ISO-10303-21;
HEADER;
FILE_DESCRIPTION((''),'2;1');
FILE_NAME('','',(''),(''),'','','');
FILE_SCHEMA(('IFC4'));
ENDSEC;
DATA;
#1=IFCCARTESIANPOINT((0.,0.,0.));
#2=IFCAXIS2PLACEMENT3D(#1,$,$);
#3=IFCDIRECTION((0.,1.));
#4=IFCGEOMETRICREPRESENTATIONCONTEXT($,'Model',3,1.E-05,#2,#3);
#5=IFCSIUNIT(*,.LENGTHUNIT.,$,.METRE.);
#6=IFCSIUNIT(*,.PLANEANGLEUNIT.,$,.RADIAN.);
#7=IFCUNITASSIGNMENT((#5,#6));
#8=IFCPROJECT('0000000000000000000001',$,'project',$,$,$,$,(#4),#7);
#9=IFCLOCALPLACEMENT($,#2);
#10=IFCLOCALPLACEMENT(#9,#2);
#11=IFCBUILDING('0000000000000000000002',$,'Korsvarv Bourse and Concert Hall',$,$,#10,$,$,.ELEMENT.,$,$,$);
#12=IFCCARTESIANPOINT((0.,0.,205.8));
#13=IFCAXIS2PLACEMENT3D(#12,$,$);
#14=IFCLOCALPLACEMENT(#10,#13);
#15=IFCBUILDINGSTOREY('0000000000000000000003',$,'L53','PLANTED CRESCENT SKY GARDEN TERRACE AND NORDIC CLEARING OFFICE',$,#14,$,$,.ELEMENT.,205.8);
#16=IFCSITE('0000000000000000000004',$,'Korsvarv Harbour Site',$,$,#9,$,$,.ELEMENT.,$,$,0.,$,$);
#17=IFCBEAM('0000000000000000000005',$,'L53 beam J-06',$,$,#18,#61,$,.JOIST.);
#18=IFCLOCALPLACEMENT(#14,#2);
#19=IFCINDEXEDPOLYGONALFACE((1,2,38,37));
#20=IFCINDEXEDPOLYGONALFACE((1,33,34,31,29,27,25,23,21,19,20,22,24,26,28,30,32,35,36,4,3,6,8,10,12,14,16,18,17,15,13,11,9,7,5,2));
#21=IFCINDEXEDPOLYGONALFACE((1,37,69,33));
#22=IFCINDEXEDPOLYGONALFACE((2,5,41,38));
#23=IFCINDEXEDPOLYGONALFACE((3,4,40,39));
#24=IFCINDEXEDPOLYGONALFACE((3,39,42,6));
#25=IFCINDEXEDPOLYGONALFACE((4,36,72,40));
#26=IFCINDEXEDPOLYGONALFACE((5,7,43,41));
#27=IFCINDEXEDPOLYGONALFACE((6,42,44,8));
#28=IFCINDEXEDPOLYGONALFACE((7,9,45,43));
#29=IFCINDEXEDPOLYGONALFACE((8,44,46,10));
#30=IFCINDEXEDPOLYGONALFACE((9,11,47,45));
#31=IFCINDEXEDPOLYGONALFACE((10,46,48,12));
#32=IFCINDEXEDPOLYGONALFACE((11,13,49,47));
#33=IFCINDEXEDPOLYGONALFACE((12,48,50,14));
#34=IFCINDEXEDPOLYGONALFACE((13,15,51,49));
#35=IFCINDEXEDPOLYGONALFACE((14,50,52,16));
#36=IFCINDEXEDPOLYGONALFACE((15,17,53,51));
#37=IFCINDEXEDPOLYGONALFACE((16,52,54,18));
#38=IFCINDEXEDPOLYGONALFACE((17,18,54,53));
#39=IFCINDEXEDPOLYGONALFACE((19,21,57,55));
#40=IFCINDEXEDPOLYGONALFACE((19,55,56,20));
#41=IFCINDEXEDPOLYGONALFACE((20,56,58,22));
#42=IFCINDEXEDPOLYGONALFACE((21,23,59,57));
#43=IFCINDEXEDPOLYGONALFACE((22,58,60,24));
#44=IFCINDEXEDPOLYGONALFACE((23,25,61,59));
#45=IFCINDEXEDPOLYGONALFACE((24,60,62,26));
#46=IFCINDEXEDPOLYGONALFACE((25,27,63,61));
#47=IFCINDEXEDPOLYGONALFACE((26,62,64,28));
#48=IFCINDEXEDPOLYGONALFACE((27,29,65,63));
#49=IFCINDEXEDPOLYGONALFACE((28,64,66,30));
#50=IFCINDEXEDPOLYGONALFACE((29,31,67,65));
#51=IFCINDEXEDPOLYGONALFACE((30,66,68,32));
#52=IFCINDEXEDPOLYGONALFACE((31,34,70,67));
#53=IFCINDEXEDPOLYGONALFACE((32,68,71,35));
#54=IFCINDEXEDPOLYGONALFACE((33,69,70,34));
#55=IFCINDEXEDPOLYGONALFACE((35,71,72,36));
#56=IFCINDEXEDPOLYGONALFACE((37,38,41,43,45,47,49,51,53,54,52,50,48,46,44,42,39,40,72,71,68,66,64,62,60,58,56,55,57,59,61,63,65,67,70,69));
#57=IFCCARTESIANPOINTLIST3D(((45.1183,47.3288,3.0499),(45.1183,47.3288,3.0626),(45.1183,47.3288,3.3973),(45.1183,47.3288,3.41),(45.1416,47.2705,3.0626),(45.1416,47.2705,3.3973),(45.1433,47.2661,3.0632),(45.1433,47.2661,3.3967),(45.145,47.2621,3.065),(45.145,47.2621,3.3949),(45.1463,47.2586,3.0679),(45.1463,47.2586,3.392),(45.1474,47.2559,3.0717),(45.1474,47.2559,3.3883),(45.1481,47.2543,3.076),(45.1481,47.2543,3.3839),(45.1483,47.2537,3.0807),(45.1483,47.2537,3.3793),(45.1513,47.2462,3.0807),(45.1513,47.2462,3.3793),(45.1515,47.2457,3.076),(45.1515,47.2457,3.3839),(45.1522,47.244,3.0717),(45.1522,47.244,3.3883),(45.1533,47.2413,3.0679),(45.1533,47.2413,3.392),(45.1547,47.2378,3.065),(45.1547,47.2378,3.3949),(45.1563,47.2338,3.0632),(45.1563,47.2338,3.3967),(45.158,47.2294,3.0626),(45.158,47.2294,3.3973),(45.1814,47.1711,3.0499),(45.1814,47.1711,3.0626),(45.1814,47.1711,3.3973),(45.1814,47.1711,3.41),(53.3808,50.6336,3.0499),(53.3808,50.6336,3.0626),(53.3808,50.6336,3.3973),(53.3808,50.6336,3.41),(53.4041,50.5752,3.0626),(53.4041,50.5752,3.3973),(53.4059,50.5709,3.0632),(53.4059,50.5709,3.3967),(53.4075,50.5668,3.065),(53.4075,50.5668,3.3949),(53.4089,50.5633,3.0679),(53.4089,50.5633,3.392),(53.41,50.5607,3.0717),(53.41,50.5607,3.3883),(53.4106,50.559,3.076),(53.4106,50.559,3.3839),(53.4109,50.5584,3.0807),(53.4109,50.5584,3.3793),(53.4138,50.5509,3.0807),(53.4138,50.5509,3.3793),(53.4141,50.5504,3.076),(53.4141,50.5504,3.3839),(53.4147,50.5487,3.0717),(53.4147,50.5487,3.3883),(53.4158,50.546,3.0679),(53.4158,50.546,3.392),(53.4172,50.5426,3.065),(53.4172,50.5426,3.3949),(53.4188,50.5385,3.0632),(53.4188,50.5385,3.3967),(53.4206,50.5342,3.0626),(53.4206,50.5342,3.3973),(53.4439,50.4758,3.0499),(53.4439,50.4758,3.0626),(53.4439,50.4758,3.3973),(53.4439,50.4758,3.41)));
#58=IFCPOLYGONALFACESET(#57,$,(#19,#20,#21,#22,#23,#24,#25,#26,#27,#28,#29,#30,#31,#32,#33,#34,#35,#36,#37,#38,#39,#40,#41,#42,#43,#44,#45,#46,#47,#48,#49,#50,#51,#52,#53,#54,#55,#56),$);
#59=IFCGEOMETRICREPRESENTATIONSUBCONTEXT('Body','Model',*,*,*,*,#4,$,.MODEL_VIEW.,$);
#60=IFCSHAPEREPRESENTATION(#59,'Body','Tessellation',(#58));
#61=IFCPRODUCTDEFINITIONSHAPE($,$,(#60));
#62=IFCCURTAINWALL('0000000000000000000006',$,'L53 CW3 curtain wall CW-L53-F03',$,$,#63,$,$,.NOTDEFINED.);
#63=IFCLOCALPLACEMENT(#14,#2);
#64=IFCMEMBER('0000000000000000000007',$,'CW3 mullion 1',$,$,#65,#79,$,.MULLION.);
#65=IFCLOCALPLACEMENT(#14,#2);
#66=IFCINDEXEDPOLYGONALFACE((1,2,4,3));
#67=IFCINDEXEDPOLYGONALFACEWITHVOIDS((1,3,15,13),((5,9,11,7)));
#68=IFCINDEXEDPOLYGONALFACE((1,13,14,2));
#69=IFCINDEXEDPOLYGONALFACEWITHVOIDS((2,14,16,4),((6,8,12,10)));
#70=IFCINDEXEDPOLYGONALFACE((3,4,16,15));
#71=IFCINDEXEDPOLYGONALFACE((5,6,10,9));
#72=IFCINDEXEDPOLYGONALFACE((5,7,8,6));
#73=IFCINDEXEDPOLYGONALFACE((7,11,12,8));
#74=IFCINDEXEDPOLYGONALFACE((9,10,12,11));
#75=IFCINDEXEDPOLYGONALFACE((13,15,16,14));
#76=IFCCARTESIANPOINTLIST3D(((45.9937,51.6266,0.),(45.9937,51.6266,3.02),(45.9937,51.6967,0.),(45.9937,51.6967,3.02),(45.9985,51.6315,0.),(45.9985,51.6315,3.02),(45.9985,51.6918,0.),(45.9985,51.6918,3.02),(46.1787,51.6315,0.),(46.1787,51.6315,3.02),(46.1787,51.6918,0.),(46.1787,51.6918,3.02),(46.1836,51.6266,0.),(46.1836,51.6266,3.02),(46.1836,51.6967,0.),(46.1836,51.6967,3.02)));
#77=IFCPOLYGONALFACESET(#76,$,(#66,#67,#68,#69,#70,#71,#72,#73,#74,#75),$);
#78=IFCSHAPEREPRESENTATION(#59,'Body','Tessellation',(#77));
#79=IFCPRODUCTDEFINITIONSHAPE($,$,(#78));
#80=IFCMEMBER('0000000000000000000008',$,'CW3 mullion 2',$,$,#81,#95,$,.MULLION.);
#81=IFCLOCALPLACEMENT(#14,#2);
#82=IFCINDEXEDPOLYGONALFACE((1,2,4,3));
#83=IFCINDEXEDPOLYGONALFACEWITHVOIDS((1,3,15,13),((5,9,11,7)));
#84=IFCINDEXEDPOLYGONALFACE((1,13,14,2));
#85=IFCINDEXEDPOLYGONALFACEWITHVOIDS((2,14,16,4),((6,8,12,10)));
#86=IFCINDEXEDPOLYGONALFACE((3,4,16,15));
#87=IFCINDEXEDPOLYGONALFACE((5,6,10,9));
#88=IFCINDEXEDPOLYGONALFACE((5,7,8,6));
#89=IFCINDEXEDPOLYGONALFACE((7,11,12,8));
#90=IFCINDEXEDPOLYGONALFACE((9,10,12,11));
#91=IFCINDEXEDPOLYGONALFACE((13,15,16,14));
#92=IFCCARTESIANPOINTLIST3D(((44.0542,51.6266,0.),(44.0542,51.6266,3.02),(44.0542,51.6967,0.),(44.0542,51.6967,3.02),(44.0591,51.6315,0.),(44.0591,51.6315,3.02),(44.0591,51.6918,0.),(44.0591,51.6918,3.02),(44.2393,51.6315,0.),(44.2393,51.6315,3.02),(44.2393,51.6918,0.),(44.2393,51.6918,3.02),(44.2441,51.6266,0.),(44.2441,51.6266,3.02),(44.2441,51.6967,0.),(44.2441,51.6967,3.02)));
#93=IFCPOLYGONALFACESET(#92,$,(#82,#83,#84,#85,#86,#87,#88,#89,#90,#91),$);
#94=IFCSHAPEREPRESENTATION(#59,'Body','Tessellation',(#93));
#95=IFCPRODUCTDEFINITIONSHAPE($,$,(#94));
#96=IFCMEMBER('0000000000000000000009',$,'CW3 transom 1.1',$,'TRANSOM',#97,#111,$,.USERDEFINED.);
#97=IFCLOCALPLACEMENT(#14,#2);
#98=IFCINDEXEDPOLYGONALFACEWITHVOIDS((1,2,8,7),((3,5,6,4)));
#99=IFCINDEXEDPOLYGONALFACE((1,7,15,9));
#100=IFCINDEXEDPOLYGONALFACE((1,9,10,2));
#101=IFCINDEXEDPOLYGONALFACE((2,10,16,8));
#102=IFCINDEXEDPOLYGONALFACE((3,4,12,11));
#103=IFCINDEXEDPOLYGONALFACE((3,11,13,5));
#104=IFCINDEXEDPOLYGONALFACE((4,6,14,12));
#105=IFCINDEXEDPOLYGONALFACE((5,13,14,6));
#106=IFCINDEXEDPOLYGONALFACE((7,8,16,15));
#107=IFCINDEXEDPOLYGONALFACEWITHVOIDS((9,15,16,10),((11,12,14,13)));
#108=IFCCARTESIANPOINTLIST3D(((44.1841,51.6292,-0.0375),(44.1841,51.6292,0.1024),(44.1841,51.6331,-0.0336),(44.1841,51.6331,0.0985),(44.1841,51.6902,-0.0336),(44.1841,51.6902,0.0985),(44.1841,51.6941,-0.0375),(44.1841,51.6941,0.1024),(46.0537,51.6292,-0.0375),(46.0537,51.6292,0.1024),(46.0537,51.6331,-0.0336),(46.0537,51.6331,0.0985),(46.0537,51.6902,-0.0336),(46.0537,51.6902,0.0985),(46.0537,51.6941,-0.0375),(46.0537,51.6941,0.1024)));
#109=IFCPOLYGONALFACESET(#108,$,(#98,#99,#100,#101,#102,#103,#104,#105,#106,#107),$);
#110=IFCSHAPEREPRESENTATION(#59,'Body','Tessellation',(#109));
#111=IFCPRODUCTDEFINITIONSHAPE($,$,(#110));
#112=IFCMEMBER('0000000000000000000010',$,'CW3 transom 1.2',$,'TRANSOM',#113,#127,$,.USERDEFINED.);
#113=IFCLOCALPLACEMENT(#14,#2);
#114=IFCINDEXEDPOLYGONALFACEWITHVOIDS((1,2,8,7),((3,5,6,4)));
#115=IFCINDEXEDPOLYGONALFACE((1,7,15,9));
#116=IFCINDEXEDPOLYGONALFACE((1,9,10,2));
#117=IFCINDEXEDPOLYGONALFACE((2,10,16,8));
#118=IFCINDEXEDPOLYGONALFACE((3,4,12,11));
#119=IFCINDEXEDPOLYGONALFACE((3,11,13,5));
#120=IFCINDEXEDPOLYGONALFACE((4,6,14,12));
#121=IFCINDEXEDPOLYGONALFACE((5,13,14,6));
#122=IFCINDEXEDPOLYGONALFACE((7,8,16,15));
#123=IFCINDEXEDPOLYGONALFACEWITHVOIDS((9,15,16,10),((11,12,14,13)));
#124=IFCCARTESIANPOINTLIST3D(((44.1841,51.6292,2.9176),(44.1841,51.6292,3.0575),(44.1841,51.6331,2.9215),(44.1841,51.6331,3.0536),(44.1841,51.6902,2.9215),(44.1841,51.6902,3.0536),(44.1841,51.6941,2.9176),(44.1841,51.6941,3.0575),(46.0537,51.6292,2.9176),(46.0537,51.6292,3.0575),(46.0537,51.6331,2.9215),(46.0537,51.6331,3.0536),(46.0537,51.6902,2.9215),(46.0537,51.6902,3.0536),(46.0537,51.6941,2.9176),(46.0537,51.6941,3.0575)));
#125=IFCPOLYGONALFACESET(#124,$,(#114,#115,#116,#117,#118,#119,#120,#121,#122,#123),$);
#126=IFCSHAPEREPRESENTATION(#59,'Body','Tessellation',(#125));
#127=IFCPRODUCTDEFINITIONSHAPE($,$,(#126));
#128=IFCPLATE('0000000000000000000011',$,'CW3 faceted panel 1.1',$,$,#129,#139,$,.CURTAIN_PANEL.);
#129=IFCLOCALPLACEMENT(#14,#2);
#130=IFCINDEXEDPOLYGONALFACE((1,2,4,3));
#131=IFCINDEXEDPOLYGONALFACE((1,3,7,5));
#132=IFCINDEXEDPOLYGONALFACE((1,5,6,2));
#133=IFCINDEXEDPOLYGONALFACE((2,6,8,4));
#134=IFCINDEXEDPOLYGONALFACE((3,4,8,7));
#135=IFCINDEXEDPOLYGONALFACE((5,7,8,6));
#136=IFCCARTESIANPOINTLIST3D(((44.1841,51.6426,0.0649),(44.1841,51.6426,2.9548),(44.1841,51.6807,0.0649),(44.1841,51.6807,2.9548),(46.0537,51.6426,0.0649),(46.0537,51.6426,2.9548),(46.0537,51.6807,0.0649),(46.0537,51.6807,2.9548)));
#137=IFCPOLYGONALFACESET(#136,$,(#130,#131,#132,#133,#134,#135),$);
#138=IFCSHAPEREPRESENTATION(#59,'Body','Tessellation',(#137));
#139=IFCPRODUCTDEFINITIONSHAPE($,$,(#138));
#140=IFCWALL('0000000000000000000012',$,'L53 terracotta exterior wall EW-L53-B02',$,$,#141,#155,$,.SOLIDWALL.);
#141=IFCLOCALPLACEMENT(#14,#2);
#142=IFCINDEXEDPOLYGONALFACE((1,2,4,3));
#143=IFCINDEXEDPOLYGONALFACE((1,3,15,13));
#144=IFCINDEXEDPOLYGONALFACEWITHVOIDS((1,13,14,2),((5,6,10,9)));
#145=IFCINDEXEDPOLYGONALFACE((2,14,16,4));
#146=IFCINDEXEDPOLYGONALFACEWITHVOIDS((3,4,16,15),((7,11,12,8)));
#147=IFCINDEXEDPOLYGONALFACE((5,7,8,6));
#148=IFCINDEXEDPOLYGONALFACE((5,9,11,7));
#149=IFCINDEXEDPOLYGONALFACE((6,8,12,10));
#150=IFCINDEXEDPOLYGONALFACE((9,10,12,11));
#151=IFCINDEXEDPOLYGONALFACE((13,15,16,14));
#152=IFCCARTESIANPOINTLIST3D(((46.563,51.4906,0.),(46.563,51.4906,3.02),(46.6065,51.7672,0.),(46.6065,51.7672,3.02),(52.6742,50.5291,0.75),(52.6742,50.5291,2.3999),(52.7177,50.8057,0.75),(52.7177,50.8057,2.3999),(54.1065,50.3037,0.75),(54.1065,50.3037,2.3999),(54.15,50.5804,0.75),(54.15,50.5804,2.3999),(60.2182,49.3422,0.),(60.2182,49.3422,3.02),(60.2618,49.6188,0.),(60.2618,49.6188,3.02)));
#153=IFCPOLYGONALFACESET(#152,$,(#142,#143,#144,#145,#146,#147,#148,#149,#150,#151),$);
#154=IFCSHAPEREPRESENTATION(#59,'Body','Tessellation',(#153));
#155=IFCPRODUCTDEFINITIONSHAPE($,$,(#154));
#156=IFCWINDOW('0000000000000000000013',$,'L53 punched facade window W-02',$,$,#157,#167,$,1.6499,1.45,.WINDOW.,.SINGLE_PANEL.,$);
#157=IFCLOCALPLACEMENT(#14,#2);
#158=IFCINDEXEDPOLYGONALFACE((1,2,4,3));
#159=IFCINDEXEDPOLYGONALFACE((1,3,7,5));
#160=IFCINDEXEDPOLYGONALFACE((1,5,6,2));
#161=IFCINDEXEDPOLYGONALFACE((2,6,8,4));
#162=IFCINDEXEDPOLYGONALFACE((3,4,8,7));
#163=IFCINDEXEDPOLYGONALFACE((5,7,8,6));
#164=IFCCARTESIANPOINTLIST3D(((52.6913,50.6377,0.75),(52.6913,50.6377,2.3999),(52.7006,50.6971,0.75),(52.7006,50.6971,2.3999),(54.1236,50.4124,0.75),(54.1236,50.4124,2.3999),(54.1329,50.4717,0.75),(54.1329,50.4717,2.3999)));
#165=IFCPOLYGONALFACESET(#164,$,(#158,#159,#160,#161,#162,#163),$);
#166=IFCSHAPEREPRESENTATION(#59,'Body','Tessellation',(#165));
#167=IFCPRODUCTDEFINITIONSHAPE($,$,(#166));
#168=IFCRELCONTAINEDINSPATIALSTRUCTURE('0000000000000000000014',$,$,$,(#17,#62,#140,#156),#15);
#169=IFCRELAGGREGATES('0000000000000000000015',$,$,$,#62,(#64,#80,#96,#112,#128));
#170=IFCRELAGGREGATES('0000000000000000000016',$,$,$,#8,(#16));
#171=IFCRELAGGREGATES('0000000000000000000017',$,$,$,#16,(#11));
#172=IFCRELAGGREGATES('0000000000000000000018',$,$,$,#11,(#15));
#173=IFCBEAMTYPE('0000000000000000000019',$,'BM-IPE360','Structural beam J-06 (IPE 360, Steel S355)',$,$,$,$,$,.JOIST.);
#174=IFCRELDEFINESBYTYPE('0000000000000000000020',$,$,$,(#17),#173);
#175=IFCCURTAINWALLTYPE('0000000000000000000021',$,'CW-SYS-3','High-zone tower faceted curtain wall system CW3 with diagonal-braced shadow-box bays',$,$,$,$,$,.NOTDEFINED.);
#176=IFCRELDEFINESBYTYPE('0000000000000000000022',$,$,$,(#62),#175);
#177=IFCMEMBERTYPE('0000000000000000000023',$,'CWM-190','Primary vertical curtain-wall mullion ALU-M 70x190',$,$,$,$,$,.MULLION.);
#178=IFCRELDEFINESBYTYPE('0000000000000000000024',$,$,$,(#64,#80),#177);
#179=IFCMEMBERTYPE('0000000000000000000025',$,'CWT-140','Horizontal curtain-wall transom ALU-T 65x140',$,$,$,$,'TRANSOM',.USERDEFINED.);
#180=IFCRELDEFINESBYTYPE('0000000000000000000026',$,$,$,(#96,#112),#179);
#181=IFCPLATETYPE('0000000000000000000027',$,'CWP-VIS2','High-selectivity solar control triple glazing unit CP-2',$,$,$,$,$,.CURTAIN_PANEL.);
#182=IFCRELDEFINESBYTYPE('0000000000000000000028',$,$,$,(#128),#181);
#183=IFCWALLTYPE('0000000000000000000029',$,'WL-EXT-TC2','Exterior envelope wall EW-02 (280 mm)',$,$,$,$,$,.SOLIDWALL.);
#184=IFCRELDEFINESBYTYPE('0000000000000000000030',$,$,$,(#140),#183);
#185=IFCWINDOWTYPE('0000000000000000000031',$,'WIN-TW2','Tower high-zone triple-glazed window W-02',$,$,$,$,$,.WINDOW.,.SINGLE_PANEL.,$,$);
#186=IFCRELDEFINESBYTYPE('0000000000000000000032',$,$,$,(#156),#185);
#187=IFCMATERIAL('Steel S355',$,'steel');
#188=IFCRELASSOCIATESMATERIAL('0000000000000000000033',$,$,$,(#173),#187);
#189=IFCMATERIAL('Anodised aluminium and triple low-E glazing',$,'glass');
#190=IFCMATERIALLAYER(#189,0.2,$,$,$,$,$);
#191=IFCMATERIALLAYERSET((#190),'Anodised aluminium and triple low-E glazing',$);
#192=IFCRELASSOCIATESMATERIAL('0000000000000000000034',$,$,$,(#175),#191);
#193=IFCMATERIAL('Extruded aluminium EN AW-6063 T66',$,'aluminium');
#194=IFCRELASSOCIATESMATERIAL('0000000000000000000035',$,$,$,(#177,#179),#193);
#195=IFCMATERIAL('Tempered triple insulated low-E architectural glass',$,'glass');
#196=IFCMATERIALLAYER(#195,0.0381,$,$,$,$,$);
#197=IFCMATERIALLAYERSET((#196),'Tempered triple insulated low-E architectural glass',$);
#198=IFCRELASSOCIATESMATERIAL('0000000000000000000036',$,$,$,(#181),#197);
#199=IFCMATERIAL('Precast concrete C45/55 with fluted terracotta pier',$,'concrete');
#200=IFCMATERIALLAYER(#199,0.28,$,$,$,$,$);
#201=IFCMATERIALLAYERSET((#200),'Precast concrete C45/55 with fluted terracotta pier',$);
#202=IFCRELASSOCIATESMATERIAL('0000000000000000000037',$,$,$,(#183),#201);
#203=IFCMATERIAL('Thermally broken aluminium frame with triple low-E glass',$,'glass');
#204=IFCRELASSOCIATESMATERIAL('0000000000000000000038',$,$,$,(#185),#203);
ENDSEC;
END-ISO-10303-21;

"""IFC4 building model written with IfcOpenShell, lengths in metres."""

from ifc_helpers import new_model, si_unit, direction, frame, frame_2d, origin, origin_2d, place, context, subcontext, project, spatial, rectangle, hollow_rectangle, i_section, extrude, source, transform, mapped, material, layer, layer_set, material_profile, profile_set, type_object, element, fill, aggregate, save


model = new_model("IFC4")

# Units and contexts
model_context = context("Model", 3, precision=1e-05, world=origin(), true_north=direction((0.0, 1.0)))
body_context = subcontext(model_context, "Body", "Model", "MODEL_VIEW")
ifc_project = project(units=[si_unit("LENGTHUNIT", "METRE"), si_unit("PLANEANGLEUNIT", "RADIAN")], contexts=[model_context])

# Site, building, storey
site_placement = place(None, origin())
site = spatial("IfcSite", under=ifc_project, at=site_placement, Name="Korsvarv Harbour Site", CompositionType="ELEMENT", RefElevation=0.0)
building_placement = place(site_placement, origin())
building = spatial("IfcBuilding", under=site, at=building_placement, Name="Korsvarv Bourse and Concert Hall", CompositionType="ELEMENT")
storey_placement = place(building_placement, frame((0.0, 0.0, 205.8)))
storey = spatial("IfcBuildingStorey", under=building, at=storey_placement, Name="L53", Description="PLANTED CRESCENT SKY GARDEN TERRACE AND NORDIC CLEARING OFFICE", CompositionType="ELEMENT", Elevation=205.8)

# Shared definitions
ifc_material_1 = material(Name="Steel S355", Category="steel")

# Beam
ifc_material_profile_1 = material_profile(ifc_material_1, i_section(OverallWidth=0.1699, OverallDepth=0.3601, WebThickness=0.0081, FlangeThickness=0.0127, FilletRadius=0.0181, at=origin_2d()), Name="IPE 360")
ifc_profile_set_1 = profile_set([ifc_material_profile_1], Name="Steel S355")
beam_type_1 = type_object("IfcBeamType", Name="BM-IPE360", Description="Structural beam J-06 (IPE 360, Steel S355)", PredefinedType="JOIST", material=ifc_profile_set_1)
shared_shape_1 = source(origin(), body_context, "Body", "SweptSolid", [
    extrude(i_section(OverallWidth=0.1699, OverallDepth=0.3601, WebThickness=0.0081, FlangeThickness=0.0127, FilletRadius=0.0181, at=origin_2d()), origin(), (0.0, 0.0, 1.0), 8.8989),
])
beam_1_placement = place(storey_placement, frame((53.4124, 50.5547, 3.23), z_axis=(-0.928488, -0.371362, 0.0), x_axis=(0.371362, -0.928488, 0.0)))
element("IfcBeam", 1, at=beam_1_placement, inside=storey, type_object=beam_type_1, Name="L53 beam J-06", PredefinedType="JOIST", context=body_context, shape_type="MappedRepresentation", body=[
    mapped(shared_shape_1, transform((0.0, 0.0, 0.0), scale=1.0)),
])

# Curtain wall, members, plate
ifc_material_2 = material(Name="Anodised aluminium and triple low-E glazing", Category="glass")
ifc_layer_1 = layer(ifc_material_2, 0.2)
ifc_layer_set_1 = layer_set([ifc_layer_1], Name="Anodised aluminium and triple low-E glazing")
curtain_wall_type = type_object("IfcCurtainWallType", Name="CW-SYS-3", Description="High-zone tower faceted curtain wall system CW3 with diagonal-braced shadow-box bays", PredefinedType="NOTDEFINED", material=ifc_layer_set_1)
curtain_wall_placement = place(storey_placement, origin())
curtain_wall = element("IfcCurtainWall", 2, at=curtain_wall_placement, inside=storey, type_object=curtain_wall_type, Name="L53 CW3 curtain wall CW-L53-F03", PredefinedType="NOTDEFINED")
ifc_material_3 = material(Name="Extruded aluminium EN AW-6063 T66", Category="aluminium")
ifc_material_profile_2 = material_profile(ifc_material_3, hollow_rectangle(XDim=0.0701, YDim=0.1899, WallThickness=0.0049, at=origin_2d()), Name="ALU-M 70x190")
ifc_profile_set_2 = profile_set([ifc_material_profile_2], Name="Extruded aluminium EN AW-6063 T66")
member_type_1 = type_object("IfcMemberType", Name="CWM-190", Description="Primary vertical curtain-wall mullion ALU-M 70x190", PredefinedType="MULLION", material=ifc_profile_set_2)
shared_shape_2 = source(origin(), body_context, "Body", "SweptSolid", [
    extrude(hollow_rectangle(XDim=0.0701, YDim=0.1899, WallThickness=0.0049, at=origin_2d()), origin(), (0.0, 0.0, 1.0), 3.02),
])
member_1_placement = place(storey_placement, frame((46.0886, 51.6616, 0.0), z_axis=(0.0, 0.0, 1.0), x_axis=(0.0, -1.0, 0.0)))
member_1 = element("IfcMember", 3, at=member_1_placement, type_object=member_type_1, Name="CW3 mullion 1", PredefinedType="MULLION", context=body_context, shape_type="MappedRepresentation", body=[
    mapped(shared_shape_2, transform((0.0, 0.0, 0.0), scale=1.0)),
])
member_2_placement = place(storey_placement, frame((44.1492, 51.6616, 0.0), z_axis=(0.0, 0.0, 1.0), x_axis=(0.0, -1.0, 0.0)))
member_2 = element("IfcMember", 4, at=member_2_placement, type_object=member_type_1, Name="CW3 mullion 2", PredefinedType="MULLION", context=body_context, shape_type="MappedRepresentation", body=[
    mapped(shared_shape_2, transform((0.0, 0.0, 0.0), scale=1.0)),
])
ifc_material_profile_3 = material_profile(ifc_material_3, hollow_rectangle(XDim=0.0649, YDim=0.1399, WallThickness=0.0039, at=origin_2d()), Name="ALU-T 65x140")
ifc_profile_set_3 = profile_set([ifc_material_profile_3], Name="Extruded aluminium EN AW-6063 T66")
member_type_2 = type_object("IfcMemberType", Name="CWT-140", Description="Horizontal curtain-wall transom ALU-T 65x140", ElementType="TRANSOM", PredefinedType="USERDEFINED", material=ifc_profile_set_3)
shared_shape_3 = source(origin(), body_context, "Body", "SweptSolid", [
    extrude(hollow_rectangle(XDim=0.0649, YDim=0.1399, WallThickness=0.0039, at=origin_2d()), origin(), (0.0, 0.0, 1.0), 1.8696),
])
member_3_placement = place(storey_placement, frame((46.0537, 51.6616, 0.0325), z_axis=(-1.0, 0.0, 0.0), x_axis=(0.0, -1.0, 0.0)))
member_3 = element("IfcMember", 5, at=member_3_placement, type_object=member_type_2, Name="CW3 transom 1.1", ObjectType="TRANSOM", PredefinedType="USERDEFINED", context=body_context, shape_type="MappedRepresentation", body=[
    mapped(shared_shape_3, transform((0.0, 0.0, 0.0), scale=1.0)),
])
member_4_placement = place(storey_placement, frame((46.0537, 51.6616, 2.9875), z_axis=(-1.0, 0.0, 0.0), x_axis=(0.0, -1.0, 0.0)))
member_4 = element("IfcMember", 6, at=member_4_placement, type_object=member_type_2, Name="CW3 transom 1.2", ObjectType="TRANSOM", PredefinedType="USERDEFINED", context=body_context, shape_type="MappedRepresentation", body=[
    mapped(shared_shape_3, transform((0.0, 0.0, 0.0), scale=1.0)),
])
ifc_material_4 = material(Name="Tempered triple insulated low-E architectural glass", Category="glass")
ifc_layer_2 = layer(ifc_material_4, 0.0381)
ifc_layer_set_2 = layer_set([ifc_layer_2], Name="Tempered triple insulated low-E architectural glass")
plate_type = type_object("IfcPlateType", Name="CWP-VIS2", Description="High-selectivity solar control triple glazing unit CP-2", PredefinedType="CURTAIN_PANEL", material=ifc_layer_set_2)
shared_shape_4 = source(origin(), body_context, "Body", "SweptSolid", [
    extrude(rectangle(XDim=1.8696, YDim=0.0381, at=origin_2d()), origin(), (0.0, 0.0, 1.0), 2.8899),
])
plate_placement = place(storey_placement, frame((45.1189, 51.6616, 0.0649), z_axis=(0.0, 0.0, 1.0), x_axis=(-1.0, 0.0, 0.0)))
plate = element("IfcPlate", 7, at=plate_placement, type_object=plate_type, Name="CW3 faceted panel 1.1", PredefinedType="CURTAIN_PANEL", context=body_context, shape_type="MappedRepresentation", body=[
    mapped(shared_shape_4, transform((0.0, 0.0, 0.0), scale=1.0)),
])
aggregate(curtain_wall, [member_1, member_2, member_3, member_4, plate])

# Wall, opening, window
ifc_material_5 = material(Name="Precast concrete C45/55 with fluted terracotta pier", Category="concrete")
ifc_layer_3 = layer(ifc_material_5, 0.28)
ifc_layer_set_3 = layer_set([ifc_layer_3], Name="Precast concrete C45/55 with fluted terracotta pier")
wall_type = type_object("IfcWallType", Name="WL-EXT-TC2", Description="Exterior envelope wall EW-02 (280 mm)", PredefinedType="SOLIDWALL", material=ifc_layer_set_3)
wall_placement = place(storey_placement, frame((60.24, 49.4805, 0.0), z_axis=(0.0, 0.0, 1.0), x_axis=(-0.987848, 0.155422, 0.0)))
wall = element("IfcWall", 8, at=wall_placement, inside=storey, type_object=wall_type, Name="L53 terracotta exterior wall EW-L53-B02", PredefinedType="SOLIDWALL", context=body_context, shape_type="SweptSolid", body=[
    extrude(rectangle(XDim=13.8232, YDim=0.28, at=frame_2d((6.9116, 0.0))), origin(), (0.0, 0.0, 1.0), 3.02),
])
opening_placement = place(wall_placement, frame((6.1868, 0.0, 0.75)))
opening = element("IfcOpeningElement", 9, at=opening_placement, cuts=wall, PredefinedType="OPENING", context=body_context, shape_type="SweptSolid", body=[
    extrude(rectangle(XDim=1.45, YDim=1.6499, at=frame_2d((0.7251, 0.825))), frame((0.0, 0.1499, 0.0), z_axis=(0.0, -1.0, 0.0), x_axis=(1.0, 0.0, 0.0)), (0.0, 0.0, 1.0), 0.3),
])
ifc_material_6 = material(Name="Thermally broken aluminium frame with triple low-E glass", Category="glass")
window_type = type_object("IfcWindowType", Name="WIN-TW2", Description="Tower high-zone triple-glazed window W-02", PartitioningType="SINGLE_PANEL", PredefinedType="WINDOW", material=ifc_material_6)
window_placement = place(opening_placement, origin())
window = element("IfcWindow", 10, at=window_placement, inside=storey, type_object=window_type, Name="L53 punched facade window W-02", OverallHeight=1.6499, OverallWidth=1.45, PartitioningType="SINGLE_PANEL", PredefinedType="WINDOW", context=body_context, shape_type="SweptSolid", body=[
    extrude(rectangle(XDim=1.45, YDim=1.6499, at=frame_2d((0.7251, 0.825))), frame((0.0, 0.03, 0.0), z_axis=(0.0, -1.0, 0.0), x_axis=(1.0, 0.0, 0.0)), (0.0, 0.0, 1.0), 0.0601),
])
fill(opening, window)

save(model, "model.ifc")
